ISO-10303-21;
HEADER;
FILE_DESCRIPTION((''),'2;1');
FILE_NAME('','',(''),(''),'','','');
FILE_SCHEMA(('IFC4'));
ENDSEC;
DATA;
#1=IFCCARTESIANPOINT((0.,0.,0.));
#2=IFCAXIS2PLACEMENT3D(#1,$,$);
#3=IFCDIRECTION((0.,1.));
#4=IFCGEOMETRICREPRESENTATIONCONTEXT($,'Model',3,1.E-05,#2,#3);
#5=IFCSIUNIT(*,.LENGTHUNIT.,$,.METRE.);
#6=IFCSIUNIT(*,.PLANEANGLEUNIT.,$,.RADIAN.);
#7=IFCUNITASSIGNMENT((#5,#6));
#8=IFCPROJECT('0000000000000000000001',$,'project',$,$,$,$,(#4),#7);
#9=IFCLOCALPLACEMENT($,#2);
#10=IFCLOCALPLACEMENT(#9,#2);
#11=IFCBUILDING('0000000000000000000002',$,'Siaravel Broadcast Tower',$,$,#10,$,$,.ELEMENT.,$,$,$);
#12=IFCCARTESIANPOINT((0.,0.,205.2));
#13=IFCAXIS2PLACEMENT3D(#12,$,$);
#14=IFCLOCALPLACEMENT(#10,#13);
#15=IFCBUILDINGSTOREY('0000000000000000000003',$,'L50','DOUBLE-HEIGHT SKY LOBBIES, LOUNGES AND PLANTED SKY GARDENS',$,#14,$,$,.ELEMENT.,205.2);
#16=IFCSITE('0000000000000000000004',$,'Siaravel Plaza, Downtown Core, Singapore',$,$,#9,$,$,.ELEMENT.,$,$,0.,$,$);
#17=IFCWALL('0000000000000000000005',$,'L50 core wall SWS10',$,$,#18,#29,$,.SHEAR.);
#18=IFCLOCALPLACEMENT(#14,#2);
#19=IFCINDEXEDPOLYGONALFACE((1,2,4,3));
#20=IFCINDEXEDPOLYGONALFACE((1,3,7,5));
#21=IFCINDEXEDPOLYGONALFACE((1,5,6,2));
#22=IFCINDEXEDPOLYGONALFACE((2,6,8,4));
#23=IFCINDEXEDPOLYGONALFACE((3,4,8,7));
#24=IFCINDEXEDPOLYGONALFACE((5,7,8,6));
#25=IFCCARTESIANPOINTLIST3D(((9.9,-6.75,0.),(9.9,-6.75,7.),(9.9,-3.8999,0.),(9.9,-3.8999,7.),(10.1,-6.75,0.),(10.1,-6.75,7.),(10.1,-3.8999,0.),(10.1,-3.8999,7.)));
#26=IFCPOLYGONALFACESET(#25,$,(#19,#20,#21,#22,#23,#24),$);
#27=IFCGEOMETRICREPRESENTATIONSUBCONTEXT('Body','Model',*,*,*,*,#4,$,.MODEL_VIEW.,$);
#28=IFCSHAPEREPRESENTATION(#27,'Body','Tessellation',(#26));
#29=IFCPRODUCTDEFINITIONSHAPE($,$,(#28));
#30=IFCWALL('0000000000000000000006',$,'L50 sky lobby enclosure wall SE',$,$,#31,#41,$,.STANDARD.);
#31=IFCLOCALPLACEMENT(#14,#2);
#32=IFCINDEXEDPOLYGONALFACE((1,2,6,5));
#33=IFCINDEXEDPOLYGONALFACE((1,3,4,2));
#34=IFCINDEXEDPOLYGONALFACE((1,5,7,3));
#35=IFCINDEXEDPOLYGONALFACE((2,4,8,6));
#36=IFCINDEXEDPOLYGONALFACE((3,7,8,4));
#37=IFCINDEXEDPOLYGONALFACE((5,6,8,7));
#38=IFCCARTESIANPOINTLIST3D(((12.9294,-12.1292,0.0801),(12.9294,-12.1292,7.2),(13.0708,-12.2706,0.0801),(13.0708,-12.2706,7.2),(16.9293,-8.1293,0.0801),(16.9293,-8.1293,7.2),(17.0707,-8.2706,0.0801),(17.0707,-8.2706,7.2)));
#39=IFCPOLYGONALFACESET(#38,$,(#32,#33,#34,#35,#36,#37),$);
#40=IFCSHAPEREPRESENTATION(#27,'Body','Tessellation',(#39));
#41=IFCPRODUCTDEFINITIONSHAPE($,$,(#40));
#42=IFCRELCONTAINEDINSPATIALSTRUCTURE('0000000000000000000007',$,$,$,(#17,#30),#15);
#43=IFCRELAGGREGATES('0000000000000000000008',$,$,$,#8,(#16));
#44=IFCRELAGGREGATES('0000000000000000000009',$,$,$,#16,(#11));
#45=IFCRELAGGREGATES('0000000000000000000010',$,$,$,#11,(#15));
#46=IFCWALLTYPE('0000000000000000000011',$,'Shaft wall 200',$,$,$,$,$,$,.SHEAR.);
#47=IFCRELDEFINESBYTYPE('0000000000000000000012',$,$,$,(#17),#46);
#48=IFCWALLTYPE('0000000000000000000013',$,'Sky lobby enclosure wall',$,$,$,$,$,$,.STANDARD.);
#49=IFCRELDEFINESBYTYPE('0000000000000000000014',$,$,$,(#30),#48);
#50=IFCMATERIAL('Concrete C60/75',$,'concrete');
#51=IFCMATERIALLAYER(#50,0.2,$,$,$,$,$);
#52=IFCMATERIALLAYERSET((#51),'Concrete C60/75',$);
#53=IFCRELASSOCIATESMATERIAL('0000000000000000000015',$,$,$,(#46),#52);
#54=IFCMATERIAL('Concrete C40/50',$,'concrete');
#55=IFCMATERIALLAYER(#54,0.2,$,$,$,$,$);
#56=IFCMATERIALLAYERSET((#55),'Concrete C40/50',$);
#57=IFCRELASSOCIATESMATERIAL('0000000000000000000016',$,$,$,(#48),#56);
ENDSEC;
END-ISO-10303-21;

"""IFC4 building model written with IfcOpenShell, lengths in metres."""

from ifc_helpers import new_model, si_unit, direction, frame, frame_2d, origin, place, context, subcontext, project, spatial, rectangle, extrude, material, layer, layer_set, type_object, element, save


model = new_model("IFC4")

# Units and contexts
model_context = context("Model", 3, precision=1e-05, world=origin(), true_north=direction((0.0, 1.0)))
body_context = subcontext(model_context, "Body", "Model", "MODEL_VIEW")
ifc_project = project(units=[si_unit("LENGTHUNIT", "METRE"), si_unit("PLANEANGLEUNIT", "RADIAN")], contexts=[model_context])

# Site, building, storey
site_placement = place(None, origin())
site = spatial("IfcSite", under=ifc_project, at=site_placement, Name="Siaravel Plaza, Downtown Core, Singapore", CompositionType="ELEMENT", RefElevation=0.0)
building_placement = place(site_placement, origin())
building = spatial("IfcBuilding", under=site, at=building_placement, Name="Siaravel Broadcast Tower", CompositionType="ELEMENT")
storey_placement = place(building_placement, frame((0.0, 0.0, 205.2)))
storey = spatial("IfcBuildingStorey", under=building, at=storey_placement, Name="L50", Description="DOUBLE-HEIGHT SKY LOBBIES, LOUNGES AND PLANTED SKY GARDENS", CompositionType="ELEMENT", Elevation=205.2)

# Shared definitions
ifc_material_1 = material(Name="Concrete C60/75", Category="concrete")

# Walls
ifc_layer_1 = layer(ifc_material_1, 0.2)
ifc_layer_set_1 = layer_set([ifc_layer_1], Name="Concrete C60/75")
wall_type_1 = type_object("IfcWallType", Name="Shaft wall 200", PredefinedType="SHEAR", material=ifc_layer_set_1)
wall_1_placement = place(storey_placement, frame((10.0, -6.75, 0.0), z_axis=(0.0, 0.0, 1.0), x_axis=(0.0, 1.0, 0.0)))
element("IfcWall", 1, at=wall_1_placement, inside=storey, type_object=wall_type_1, Name="L50 core wall SWS10", PredefinedType="SHEAR", context=body_context, shape_type="SweptSolid", body=[
    extrude(rectangle(XDim=2.8501, YDim=0.2, at=frame_2d((1.425, 0.0))), origin(), (0.0, 0.0, 1.0), 7.0),
])
ifc_material_2 = material(Name="Concrete C40/50", Category="concrete")
ifc_layer_2 = layer(ifc_material_2, 0.2)
ifc_layer_set_2 = layer_set([ifc_layer_2], Name="Concrete C40/50")
wall_type_2 = type_object("IfcWallType", Name="Sky lobby enclosure wall", PredefinedType="STANDARD", material=ifc_layer_set_2)
wall_2_placement = place(storey_placement, frame((17.0, -8.2, 0.0801), z_axis=(0.0, 0.0, 1.0), x_axis=(-0.707107, -0.707107, 0.0)))
element("IfcWall", 2, at=wall_2_placement, inside=storey, type_object=wall_type_2, Name="L50 sky lobby enclosure wall SE", PredefinedType="STANDARD", context=body_context, shape_type="SweptSolid", body=[
    extrude(rectangle(XDim=5.6567, YDim=0.2, at=frame_2d((2.8284, 0.0))), origin(), (0.0, 0.0, 1.0), 7.1199),
])

save(model, "model.ifc")
